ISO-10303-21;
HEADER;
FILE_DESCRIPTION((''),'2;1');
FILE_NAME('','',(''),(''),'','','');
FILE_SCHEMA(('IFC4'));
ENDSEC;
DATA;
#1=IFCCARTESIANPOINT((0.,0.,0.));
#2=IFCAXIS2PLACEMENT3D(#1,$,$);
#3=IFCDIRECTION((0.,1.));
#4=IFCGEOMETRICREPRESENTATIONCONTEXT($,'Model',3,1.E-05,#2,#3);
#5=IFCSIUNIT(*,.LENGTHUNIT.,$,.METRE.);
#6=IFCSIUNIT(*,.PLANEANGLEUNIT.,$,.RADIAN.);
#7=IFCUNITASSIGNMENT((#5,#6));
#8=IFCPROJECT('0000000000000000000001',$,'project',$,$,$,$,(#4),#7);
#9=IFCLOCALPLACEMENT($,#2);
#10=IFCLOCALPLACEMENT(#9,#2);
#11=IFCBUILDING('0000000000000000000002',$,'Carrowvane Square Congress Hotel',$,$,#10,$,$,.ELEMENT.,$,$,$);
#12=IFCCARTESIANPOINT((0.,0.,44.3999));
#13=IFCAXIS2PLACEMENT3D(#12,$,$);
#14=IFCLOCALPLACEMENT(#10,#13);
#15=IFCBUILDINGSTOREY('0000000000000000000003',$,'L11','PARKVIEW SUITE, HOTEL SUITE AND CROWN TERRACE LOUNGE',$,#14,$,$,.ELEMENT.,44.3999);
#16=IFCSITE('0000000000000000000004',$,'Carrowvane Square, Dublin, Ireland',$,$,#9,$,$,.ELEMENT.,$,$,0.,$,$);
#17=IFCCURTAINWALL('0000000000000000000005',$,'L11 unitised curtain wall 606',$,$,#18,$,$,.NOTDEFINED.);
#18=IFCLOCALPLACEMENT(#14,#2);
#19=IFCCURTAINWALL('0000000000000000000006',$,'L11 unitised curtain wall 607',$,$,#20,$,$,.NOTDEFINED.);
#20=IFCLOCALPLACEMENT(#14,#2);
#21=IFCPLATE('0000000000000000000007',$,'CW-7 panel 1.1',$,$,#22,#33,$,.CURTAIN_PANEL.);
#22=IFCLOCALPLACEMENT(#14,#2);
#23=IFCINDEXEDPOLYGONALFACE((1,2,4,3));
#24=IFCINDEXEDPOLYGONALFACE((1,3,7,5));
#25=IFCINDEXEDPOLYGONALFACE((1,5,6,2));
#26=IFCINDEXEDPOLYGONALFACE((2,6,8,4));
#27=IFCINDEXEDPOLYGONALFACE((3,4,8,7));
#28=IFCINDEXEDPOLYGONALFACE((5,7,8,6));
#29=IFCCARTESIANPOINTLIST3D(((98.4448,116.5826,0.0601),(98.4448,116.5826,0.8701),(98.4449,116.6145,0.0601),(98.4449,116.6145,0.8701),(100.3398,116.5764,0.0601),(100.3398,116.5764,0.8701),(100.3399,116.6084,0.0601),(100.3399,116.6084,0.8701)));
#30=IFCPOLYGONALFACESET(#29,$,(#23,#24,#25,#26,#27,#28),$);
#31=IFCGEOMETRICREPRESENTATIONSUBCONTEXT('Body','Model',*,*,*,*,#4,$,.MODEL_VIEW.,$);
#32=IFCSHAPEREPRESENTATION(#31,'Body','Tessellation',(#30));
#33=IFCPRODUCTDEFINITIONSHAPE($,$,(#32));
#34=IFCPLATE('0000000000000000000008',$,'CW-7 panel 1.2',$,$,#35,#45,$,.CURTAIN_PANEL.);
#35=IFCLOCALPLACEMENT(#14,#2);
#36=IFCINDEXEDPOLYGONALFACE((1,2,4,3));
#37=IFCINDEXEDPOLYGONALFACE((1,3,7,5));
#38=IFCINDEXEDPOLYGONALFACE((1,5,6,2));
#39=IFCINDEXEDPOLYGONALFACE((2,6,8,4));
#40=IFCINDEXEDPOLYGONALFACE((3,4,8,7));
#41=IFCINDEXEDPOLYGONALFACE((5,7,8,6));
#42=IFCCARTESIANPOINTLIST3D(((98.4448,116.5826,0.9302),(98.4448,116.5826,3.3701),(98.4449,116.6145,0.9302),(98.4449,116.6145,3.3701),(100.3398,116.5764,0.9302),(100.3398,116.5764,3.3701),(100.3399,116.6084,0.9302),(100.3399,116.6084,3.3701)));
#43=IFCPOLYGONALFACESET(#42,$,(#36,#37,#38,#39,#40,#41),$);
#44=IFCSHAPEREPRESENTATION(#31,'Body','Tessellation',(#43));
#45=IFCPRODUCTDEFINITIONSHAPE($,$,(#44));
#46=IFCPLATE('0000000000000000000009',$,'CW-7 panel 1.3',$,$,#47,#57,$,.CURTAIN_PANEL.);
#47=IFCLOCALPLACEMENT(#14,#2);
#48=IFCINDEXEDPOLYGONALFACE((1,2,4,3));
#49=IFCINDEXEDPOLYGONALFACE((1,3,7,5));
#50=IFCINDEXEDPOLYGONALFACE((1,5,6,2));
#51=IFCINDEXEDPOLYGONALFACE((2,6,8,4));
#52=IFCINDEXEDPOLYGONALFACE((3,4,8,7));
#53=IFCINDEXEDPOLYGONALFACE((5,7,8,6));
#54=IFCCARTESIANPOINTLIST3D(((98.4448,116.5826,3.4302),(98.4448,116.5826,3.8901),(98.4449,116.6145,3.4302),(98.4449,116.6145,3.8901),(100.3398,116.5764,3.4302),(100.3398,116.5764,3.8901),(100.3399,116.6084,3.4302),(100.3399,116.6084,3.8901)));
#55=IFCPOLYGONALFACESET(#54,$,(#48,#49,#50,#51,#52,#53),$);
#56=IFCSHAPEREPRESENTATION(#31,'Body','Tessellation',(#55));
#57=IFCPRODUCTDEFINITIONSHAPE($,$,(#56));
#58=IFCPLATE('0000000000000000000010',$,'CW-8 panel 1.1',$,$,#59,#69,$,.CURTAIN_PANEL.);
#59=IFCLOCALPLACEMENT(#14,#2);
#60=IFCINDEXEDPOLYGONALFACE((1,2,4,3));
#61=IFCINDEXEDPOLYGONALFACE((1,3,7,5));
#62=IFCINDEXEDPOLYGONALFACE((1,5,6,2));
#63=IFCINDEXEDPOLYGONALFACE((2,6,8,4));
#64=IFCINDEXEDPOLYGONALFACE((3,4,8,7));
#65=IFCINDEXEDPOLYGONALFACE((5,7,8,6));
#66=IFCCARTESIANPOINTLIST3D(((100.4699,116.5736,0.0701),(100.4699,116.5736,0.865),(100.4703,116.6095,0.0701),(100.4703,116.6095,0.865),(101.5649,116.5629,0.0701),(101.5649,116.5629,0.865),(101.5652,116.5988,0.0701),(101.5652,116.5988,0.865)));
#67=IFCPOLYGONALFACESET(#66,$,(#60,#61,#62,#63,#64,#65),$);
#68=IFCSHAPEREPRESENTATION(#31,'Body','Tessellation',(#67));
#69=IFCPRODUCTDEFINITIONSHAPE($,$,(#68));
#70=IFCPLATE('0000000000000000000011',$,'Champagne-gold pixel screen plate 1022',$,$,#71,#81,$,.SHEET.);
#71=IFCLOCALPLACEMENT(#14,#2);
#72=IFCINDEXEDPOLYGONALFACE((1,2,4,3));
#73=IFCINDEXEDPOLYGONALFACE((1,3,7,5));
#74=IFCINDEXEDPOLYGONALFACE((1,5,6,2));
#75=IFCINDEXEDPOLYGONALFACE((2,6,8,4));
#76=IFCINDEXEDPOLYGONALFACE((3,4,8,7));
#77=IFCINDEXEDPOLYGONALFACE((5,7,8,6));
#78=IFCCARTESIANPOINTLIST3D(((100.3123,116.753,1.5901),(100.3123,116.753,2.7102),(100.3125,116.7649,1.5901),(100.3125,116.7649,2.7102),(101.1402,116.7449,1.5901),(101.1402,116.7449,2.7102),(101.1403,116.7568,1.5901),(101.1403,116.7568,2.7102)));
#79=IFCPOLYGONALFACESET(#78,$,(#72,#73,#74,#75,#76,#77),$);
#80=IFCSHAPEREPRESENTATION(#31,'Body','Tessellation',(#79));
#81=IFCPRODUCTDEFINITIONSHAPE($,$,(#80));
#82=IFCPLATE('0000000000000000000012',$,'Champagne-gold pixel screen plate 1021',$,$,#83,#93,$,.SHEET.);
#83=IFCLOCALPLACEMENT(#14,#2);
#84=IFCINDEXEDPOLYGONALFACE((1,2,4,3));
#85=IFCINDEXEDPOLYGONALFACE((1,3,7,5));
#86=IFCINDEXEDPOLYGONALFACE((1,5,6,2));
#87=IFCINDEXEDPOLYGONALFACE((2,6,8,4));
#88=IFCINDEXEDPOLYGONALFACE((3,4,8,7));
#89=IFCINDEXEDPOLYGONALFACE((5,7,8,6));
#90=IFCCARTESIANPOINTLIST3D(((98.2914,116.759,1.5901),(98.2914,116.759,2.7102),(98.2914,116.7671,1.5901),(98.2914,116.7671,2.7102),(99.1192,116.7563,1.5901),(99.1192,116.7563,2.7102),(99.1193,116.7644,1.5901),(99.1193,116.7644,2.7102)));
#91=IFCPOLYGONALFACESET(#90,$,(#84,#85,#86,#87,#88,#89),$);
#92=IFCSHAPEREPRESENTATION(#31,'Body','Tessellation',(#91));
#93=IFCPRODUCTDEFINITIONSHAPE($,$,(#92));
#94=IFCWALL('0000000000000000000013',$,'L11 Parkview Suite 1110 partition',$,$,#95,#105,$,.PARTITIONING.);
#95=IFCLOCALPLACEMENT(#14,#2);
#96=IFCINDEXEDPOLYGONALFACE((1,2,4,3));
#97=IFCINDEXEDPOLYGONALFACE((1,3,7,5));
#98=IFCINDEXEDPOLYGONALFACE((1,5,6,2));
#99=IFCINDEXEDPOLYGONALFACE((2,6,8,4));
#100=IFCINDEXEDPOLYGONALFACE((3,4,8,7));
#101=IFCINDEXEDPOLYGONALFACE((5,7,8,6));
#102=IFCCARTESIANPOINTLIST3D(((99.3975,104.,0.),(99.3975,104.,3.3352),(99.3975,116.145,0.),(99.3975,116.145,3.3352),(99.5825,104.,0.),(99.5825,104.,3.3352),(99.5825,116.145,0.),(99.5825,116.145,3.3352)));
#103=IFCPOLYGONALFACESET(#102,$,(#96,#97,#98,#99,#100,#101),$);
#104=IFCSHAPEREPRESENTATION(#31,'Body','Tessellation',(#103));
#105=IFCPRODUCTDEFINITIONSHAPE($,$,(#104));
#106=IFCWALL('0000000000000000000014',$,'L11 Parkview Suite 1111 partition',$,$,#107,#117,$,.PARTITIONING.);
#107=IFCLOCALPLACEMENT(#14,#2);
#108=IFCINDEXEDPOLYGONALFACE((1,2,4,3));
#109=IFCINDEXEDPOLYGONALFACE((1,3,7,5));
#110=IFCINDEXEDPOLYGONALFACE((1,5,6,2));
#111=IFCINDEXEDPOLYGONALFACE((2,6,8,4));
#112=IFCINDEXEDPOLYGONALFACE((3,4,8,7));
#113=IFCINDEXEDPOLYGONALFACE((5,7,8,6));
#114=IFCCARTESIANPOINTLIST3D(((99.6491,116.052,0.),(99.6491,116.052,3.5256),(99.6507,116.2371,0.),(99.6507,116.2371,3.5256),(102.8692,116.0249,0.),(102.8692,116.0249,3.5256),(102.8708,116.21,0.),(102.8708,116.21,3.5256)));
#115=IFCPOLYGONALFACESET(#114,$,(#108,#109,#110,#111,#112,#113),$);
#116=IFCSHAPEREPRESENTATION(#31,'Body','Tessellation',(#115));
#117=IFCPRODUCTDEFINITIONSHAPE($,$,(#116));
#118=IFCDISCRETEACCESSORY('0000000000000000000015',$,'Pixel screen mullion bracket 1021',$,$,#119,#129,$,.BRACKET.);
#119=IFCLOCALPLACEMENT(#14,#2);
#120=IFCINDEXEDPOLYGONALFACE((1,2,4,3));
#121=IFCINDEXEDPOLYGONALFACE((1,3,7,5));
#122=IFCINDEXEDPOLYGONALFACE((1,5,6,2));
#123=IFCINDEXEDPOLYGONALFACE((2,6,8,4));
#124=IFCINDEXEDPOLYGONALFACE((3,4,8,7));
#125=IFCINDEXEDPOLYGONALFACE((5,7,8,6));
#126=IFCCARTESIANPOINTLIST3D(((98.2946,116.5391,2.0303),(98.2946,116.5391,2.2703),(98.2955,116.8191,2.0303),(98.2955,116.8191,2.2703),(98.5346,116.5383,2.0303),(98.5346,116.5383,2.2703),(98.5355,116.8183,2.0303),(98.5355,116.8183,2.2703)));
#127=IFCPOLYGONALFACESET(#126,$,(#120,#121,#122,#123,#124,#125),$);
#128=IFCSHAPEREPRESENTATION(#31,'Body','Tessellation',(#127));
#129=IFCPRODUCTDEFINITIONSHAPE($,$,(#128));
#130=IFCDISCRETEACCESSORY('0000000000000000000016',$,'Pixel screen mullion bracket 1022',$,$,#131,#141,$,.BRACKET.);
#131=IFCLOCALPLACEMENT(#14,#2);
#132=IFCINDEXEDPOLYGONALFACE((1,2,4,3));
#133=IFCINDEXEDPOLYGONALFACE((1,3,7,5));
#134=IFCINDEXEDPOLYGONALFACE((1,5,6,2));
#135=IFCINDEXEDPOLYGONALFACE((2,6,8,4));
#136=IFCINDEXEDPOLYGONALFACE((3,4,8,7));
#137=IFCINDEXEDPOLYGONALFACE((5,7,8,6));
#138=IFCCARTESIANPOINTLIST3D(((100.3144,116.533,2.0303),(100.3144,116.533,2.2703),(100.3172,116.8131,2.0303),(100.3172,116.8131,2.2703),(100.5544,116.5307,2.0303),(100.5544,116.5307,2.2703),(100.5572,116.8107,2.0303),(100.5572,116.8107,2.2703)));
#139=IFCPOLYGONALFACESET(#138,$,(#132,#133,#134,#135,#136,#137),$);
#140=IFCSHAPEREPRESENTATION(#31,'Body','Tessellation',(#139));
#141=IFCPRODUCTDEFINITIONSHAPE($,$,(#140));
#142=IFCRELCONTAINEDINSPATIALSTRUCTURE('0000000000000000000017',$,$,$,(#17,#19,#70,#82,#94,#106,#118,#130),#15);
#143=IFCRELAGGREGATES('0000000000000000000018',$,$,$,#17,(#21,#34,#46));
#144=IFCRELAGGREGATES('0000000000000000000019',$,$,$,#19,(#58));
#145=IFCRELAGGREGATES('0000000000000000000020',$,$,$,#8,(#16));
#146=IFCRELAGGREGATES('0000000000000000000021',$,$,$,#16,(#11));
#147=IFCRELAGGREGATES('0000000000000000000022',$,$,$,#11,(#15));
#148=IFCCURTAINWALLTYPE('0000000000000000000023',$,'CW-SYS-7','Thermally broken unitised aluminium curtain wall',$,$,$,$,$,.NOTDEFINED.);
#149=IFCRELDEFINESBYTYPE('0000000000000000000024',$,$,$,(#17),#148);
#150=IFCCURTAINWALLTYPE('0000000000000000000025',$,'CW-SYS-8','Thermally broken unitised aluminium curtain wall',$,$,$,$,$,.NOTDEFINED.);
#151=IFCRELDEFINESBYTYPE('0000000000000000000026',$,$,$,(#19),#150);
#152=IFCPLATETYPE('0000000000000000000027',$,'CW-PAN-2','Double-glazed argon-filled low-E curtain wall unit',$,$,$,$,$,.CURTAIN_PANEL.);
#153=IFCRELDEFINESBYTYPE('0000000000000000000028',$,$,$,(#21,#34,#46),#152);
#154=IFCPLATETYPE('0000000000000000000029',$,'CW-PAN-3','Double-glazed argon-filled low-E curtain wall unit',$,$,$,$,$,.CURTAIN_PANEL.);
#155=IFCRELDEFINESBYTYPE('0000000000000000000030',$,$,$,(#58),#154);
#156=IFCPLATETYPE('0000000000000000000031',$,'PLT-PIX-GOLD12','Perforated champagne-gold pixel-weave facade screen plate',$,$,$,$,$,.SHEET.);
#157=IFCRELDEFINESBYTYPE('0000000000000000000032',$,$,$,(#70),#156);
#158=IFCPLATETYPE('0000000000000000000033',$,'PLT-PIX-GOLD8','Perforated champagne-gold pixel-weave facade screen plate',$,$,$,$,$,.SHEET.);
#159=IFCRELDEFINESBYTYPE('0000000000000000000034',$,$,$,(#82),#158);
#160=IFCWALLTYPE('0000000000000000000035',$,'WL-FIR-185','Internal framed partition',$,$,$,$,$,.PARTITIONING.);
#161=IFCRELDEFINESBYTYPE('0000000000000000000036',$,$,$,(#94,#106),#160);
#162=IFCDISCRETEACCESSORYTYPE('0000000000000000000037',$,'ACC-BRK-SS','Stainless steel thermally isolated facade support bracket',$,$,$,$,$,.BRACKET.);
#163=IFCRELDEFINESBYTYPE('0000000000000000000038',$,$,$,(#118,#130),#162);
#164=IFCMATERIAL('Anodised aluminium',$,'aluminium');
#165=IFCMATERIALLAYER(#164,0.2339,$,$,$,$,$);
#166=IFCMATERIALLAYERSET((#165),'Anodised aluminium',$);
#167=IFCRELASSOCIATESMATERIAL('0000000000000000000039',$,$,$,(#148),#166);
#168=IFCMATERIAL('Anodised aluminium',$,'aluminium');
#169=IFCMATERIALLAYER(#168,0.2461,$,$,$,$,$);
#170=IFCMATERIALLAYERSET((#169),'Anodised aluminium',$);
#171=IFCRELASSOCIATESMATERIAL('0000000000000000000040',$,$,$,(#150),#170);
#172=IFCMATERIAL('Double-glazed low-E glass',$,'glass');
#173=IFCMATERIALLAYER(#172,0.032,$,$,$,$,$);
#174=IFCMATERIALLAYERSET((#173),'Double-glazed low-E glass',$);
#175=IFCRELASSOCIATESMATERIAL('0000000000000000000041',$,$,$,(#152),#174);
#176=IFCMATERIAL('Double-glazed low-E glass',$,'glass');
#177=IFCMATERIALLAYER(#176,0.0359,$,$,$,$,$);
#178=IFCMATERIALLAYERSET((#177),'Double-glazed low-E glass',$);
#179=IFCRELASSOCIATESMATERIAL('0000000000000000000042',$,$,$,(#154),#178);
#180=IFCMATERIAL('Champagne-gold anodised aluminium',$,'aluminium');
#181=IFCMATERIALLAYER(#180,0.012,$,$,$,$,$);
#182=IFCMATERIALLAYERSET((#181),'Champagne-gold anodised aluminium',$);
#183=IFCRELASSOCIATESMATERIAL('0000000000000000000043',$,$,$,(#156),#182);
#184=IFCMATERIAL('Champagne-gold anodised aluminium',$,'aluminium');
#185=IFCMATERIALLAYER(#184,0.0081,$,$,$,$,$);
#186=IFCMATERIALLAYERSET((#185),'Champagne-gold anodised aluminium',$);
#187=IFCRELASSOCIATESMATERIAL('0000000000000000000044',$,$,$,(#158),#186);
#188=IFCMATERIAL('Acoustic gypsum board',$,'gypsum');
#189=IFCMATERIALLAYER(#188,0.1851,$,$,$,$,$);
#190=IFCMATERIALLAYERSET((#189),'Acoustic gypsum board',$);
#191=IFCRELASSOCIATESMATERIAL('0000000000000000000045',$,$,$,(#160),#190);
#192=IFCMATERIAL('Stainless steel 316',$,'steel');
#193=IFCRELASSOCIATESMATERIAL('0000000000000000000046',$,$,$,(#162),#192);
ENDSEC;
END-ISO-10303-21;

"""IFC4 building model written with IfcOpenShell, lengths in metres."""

from ifc_helpers import new_model, si_unit, direction, frame, frame_2d, origin, origin_2d, place, context, subcontext, project, spatial, rectangle, extrude, material, layer, layer_set, type_object, element, aggregate, save


model = new_model("IFC4")

# Units and contexts
model_context = context("Model", 3, precision=1e-05, world=origin(), true_north=direction((0.0, 1.0)))
body_context = subcontext(model_context, "Body", "Model", "MODEL_VIEW")
ifc_project = project(units=[si_unit("LENGTHUNIT", "METRE"), si_unit("PLANEANGLEUNIT", "RADIAN")], contexts=[model_context])

# Site, building, storey
site_placement = place(None, origin())
site = spatial("IfcSite", under=ifc_project, at=site_placement, Name="Carrowvane Square, Dublin, Ireland", CompositionType="ELEMENT", RefElevation=0.0)
building_placement = place(site_placement, origin())
building = spatial("IfcBuilding", under=site, at=building_placement, Name="Carrowvane Square Congress Hotel", CompositionType="ELEMENT")
storey_placement = place(building_placement, frame((0.0, 0.0, 44.3999)))
storey = spatial("IfcBuildingStorey", under=building, at=storey_placement, Name="L11", Description="PARKVIEW SUITE, HOTEL SUITE AND CROWN TERRACE LOUNGE", CompositionType="ELEMENT", Elevation=44.3999)

# Curtain walls
ifc_material_1 = material(Name="Anodised aluminium", Category="aluminium")
ifc_layer_1 = layer(ifc_material_1, 0.2339)
ifc_layer_set_1 = layer_set([ifc_layer_1], Name="Anodised aluminium")
curtain_wall_type_1 = type_object("IfcCurtainWallType", Name="CW-SYS-7", Description="Thermally broken unitised aluminium curtain wall", PredefinedType="NOTDEFINED", material=ifc_layer_set_1)
curtain_wall_1_placement = place(storey_placement, origin())
curtain_wall_1 = element("IfcCurtainWall", 1, at=curtain_wall_1_placement, inside=storey, type_object=curtain_wall_type_1, Name="L11 unitised curtain wall 606", PredefinedType="NOTDEFINED")
ifc_material_2 = material(Name="Anodised aluminium", Category="aluminium")
ifc_layer_2 = layer(ifc_material_2, 0.2461)
ifc_layer_set_2 = layer_set([ifc_layer_2], Name="Anodised aluminium")
curtain_wall_type_2 = type_object("IfcCurtainWallType", Name="CW-SYS-8", Description="Thermally broken unitised aluminium curtain wall", PredefinedType="NOTDEFINED", material=ifc_layer_set_2)
curtain_wall_2_placement = place(storey_placement, origin())
curtain_wall_2 = element("IfcCurtainWall", 2, at=curtain_wall_2_placement, inside=storey, type_object=curtain_wall_type_2, Name="L11 unitised curtain wall 607", PredefinedType="NOTDEFINED")

# Plates
ifc_material_3 = material(Name="Double-glazed low-E glass", Category="glass")
ifc_layer_3 = layer(ifc_material_3, 0.032)
ifc_layer_set_3 = layer_set([ifc_layer_3], Name="Double-glazed low-E glass")
plate_type_1 = type_object("IfcPlateType", Name="CW-PAN-2", Description="Double-glazed argon-filled low-E curtain wall unit", PredefinedType="CURTAIN_PANEL", material=ifc_layer_set_3)
plate_1_placement = place(storey_placement, frame((99.3923, 116.5955, 0.0601), z_axis=(0.0, 0.0, 1.0), x_axis=(0.999995, -0.00327, 0.0)))
plate_1 = element("IfcPlate", 3, at=plate_1_placement, type_object=plate_type_1, Name="CW-7 panel 1.1", PredefinedType="CURTAIN_PANEL", context=body_context, shape_type="SweptSolid", body=[
    extrude(rectangle(XDim=1.895, YDim=0.032, at=origin_2d()), origin(), (0.0, 0.0, 1.0), 0.8101),
])
plate_2_placement = place(storey_placement, frame((99.3923, 116.5955, 0.9302), z_axis=(0.0, 0.0, 1.0), x_axis=(0.999995, -0.00327, 0.0)))
plate_2 = element("IfcPlate", 4, at=plate_2_placement, type_object=plate_type_1, Name="CW-7 panel 1.2", PredefinedType="CURTAIN_PANEL", context=body_context, shape_type="SweptSolid", body=[
    extrude(rectangle(XDim=1.895, YDim=0.032, at=origin_2d()), origin(), (0.0, 0.0, 1.0), 2.4399),
])
plate_3_placement = place(storey_placement, frame((99.3923, 116.5955, 3.4302), z_axis=(0.0, 0.0, 1.0), x_axis=(0.999995, -0.00327, 0.0)))
plate_3 = element("IfcPlate", 5, at=plate_3_placement, type_object=plate_type_1, Name="CW-7 panel 1.3", PredefinedType="CURTAIN_PANEL", context=body_context, shape_type="SweptSolid", body=[
    extrude(rectangle(XDim=1.895, YDim=0.032, at=origin_2d()), origin(), (0.0, 0.0, 1.0), 0.46),
])
aggregate(curtain_wall_1, [plate_1, plate_2, plate_3])
ifc_material_4 = material(Name="Double-glazed low-E glass", Category="glass")
ifc_layer_4 = layer(ifc_material_4, 0.0359)
ifc_layer_set_4 = layer_set([ifc_layer_4], Name="Double-glazed low-E glass")
plate_type_2 = type_object("IfcPlateType", Name="CW-PAN-3", Description="Double-glazed argon-filled low-E curtain wall unit", PredefinedType="CURTAIN_PANEL", material=ifc_layer_set_4)
plate_4_placement = place(storey_placement, frame((101.0176, 116.5862, 0.0701), z_axis=(0.0, 0.0, 1.0), x_axis=(0.999952, -0.009783, 0.0)))
plate_4 = element("IfcPlate", 6, at=plate_4_placement, type_object=plate_type_2, Name="CW-8 panel 1.1", PredefinedType="CURTAIN_PANEL", context=body_context, shape_type="SweptSolid", body=[
    extrude(rectangle(XDim=1.095, YDim=0.0359, at=origin_2d()), origin(), (0.0, 0.0, 1.0), 0.7949),
])
aggregate(curtain_wall_2, [plate_4])

# Plates
ifc_material_5 = material(Name="Champagne-gold anodised aluminium", Category="aluminium")
ifc_layer_5 = layer(ifc_material_5, 0.012)
ifc_layer_set_5 = layer_set([ifc_layer_5], Name="Champagne-gold anodised aluminium")
plate_type_3 = type_object("IfcPlateType", Name="PLT-PIX-GOLD12", Description="Perforated champagne-gold pixel-weave facade screen plate", PredefinedType="SHEET", material=ifc_layer_set_5)
plate_5_placement = place(storey_placement, frame((100.7263, 116.7549, 1.5901), z_axis=(0.0, 0.0, 1.0), x_axis=(0.999952, -0.009782, 0.0)))
element("IfcPlate", 7, at=plate_5_placement, inside=storey, type_object=plate_type_3, Name="Champagne-gold pixel screen plate 1022", PredefinedType="SHEET", context=body_context, shape_type="SweptSolid", body=[
    extrude(rectangle(XDim=0.8279, YDim=0.012, at=origin_2d()), origin(), (0.0, 0.0, 1.0), 1.1201),
])
ifc_material_6 = material(Name="Champagne-gold anodised aluminium", Category="aluminium")
ifc_layer_6 = layer(ifc_material_6, 0.0081)
ifc_layer_set_6 = layer_set([ifc_layer_6], Name="Champagne-gold anodised aluminium")
plate_type_4 = type_object("IfcPlateType", Name="PLT-PIX-GOLD8", Description="Perforated champagne-gold pixel-weave facade screen plate", PredefinedType="SHEET", material=ifc_layer_set_6)
plate_6_placement = place(storey_placement, frame((98.7053, 116.7617, 1.5901), z_axis=(0.0, 0.0, 1.0), x_axis=(0.999995, -0.00327, 0.0)))
element("IfcPlate", 8, at=plate_6_placement, inside=storey, type_object=plate_type_4, Name="Champagne-gold pixel screen plate 1021", PredefinedType="SHEET", context=body_context, shape_type="SweptSolid", body=[
    extrude(rectangle(XDim=0.8279, YDim=0.0081, at=origin_2d()), origin(), (0.0, 0.0, 1.0), 1.1201),
])

# Walls
ifc_material_7 = material(Name="Acoustic gypsum board", Category="gypsum")
ifc_layer_7 = layer(ifc_material_7, 0.1851)
ifc_layer_set_7 = layer_set([ifc_layer_7], Name="Acoustic gypsum board")
wall_type = type_object("IfcWallType", Name="WL-FIR-185", Description="Internal framed partition", PredefinedType="PARTITIONING", material=ifc_layer_set_7)
wall_1_placement = place(storey_placement, frame((99.49, 116.145, 0.0), z_axis=(0.0, 0.0, 1.0), x_axis=(0.0, -1.0, 0.0)))
element("IfcWall", 9, at=wall_1_placement, inside=storey, type_object=wall_type, Name="L11 Parkview Suite 1110 partition", PredefinedType="PARTITIONING", context=body_context, shape_type="SweptSolid", body=[
    extrude(rectangle(XDim=12.145, YDim=0.1851, at=frame_2d((6.0725, 0.0))), origin(), (0.0, 0.0, 1.0), 3.3352),
])
wall_2_placement = place(storey_placement, frame((99.6499, 116.1445, 0.0), z_axis=(0.0, 0.0, 1.0), x_axis=(0.999965, -0.008415, 0.0)))
element("IfcWall", 10, at=wall_2_placement, inside=storey, type_object=wall_type, Name="L11 Parkview Suite 1111 partition", PredefinedType="PARTITIONING", context=body_context, shape_type="SweptSolid", body=[
    extrude(rectangle(XDim=3.2202, YDim=0.1851, at=frame_2d((1.6101, 0.0))), origin(), (0.0, 0.0, 1.0), 3.5256),
])

# Discrete accessories
ifc_material_8 = material(Name="Stainless steel 316", Category="steel")
discrete_accessory_type = type_object("IfcDiscreteAccessoryType", Name="ACC-BRK-SS", Description="Stainless steel thermally isolated facade support bracket", PredefinedType="BRACKET", material=ifc_material_8)
for number, where, z_axis, x_axis, name in (
    (11, (98.415, 116.6787, 2.0303), (0.0, 0.0, 1.0), (0.999995, -0.00327, 0.0), "Pixel screen mullion bracket 1021"),
    (12, (100.4358, 116.6719, 2.0303), (0.0, 0.0, 1.0), (0.999952, -0.009782, 0.0), "Pixel screen mullion bracket 1022"),
):
    element("IfcDiscreteAccessory", number, at=place(storey_placement, frame(where, z_axis=z_axis, x_axis=x_axis)), inside=storey, type_object=discrete_accessory_type, Name=name, PredefinedType="BRACKET", context=body_context, shape_type="SweptSolid", body=[
        extrude(rectangle(XDim=0.24, YDim=0.28, at=origin_2d()), origin(), (0.0, 0.0, 1.0), 0.24),
    ])

save(model, "model.ifc")
